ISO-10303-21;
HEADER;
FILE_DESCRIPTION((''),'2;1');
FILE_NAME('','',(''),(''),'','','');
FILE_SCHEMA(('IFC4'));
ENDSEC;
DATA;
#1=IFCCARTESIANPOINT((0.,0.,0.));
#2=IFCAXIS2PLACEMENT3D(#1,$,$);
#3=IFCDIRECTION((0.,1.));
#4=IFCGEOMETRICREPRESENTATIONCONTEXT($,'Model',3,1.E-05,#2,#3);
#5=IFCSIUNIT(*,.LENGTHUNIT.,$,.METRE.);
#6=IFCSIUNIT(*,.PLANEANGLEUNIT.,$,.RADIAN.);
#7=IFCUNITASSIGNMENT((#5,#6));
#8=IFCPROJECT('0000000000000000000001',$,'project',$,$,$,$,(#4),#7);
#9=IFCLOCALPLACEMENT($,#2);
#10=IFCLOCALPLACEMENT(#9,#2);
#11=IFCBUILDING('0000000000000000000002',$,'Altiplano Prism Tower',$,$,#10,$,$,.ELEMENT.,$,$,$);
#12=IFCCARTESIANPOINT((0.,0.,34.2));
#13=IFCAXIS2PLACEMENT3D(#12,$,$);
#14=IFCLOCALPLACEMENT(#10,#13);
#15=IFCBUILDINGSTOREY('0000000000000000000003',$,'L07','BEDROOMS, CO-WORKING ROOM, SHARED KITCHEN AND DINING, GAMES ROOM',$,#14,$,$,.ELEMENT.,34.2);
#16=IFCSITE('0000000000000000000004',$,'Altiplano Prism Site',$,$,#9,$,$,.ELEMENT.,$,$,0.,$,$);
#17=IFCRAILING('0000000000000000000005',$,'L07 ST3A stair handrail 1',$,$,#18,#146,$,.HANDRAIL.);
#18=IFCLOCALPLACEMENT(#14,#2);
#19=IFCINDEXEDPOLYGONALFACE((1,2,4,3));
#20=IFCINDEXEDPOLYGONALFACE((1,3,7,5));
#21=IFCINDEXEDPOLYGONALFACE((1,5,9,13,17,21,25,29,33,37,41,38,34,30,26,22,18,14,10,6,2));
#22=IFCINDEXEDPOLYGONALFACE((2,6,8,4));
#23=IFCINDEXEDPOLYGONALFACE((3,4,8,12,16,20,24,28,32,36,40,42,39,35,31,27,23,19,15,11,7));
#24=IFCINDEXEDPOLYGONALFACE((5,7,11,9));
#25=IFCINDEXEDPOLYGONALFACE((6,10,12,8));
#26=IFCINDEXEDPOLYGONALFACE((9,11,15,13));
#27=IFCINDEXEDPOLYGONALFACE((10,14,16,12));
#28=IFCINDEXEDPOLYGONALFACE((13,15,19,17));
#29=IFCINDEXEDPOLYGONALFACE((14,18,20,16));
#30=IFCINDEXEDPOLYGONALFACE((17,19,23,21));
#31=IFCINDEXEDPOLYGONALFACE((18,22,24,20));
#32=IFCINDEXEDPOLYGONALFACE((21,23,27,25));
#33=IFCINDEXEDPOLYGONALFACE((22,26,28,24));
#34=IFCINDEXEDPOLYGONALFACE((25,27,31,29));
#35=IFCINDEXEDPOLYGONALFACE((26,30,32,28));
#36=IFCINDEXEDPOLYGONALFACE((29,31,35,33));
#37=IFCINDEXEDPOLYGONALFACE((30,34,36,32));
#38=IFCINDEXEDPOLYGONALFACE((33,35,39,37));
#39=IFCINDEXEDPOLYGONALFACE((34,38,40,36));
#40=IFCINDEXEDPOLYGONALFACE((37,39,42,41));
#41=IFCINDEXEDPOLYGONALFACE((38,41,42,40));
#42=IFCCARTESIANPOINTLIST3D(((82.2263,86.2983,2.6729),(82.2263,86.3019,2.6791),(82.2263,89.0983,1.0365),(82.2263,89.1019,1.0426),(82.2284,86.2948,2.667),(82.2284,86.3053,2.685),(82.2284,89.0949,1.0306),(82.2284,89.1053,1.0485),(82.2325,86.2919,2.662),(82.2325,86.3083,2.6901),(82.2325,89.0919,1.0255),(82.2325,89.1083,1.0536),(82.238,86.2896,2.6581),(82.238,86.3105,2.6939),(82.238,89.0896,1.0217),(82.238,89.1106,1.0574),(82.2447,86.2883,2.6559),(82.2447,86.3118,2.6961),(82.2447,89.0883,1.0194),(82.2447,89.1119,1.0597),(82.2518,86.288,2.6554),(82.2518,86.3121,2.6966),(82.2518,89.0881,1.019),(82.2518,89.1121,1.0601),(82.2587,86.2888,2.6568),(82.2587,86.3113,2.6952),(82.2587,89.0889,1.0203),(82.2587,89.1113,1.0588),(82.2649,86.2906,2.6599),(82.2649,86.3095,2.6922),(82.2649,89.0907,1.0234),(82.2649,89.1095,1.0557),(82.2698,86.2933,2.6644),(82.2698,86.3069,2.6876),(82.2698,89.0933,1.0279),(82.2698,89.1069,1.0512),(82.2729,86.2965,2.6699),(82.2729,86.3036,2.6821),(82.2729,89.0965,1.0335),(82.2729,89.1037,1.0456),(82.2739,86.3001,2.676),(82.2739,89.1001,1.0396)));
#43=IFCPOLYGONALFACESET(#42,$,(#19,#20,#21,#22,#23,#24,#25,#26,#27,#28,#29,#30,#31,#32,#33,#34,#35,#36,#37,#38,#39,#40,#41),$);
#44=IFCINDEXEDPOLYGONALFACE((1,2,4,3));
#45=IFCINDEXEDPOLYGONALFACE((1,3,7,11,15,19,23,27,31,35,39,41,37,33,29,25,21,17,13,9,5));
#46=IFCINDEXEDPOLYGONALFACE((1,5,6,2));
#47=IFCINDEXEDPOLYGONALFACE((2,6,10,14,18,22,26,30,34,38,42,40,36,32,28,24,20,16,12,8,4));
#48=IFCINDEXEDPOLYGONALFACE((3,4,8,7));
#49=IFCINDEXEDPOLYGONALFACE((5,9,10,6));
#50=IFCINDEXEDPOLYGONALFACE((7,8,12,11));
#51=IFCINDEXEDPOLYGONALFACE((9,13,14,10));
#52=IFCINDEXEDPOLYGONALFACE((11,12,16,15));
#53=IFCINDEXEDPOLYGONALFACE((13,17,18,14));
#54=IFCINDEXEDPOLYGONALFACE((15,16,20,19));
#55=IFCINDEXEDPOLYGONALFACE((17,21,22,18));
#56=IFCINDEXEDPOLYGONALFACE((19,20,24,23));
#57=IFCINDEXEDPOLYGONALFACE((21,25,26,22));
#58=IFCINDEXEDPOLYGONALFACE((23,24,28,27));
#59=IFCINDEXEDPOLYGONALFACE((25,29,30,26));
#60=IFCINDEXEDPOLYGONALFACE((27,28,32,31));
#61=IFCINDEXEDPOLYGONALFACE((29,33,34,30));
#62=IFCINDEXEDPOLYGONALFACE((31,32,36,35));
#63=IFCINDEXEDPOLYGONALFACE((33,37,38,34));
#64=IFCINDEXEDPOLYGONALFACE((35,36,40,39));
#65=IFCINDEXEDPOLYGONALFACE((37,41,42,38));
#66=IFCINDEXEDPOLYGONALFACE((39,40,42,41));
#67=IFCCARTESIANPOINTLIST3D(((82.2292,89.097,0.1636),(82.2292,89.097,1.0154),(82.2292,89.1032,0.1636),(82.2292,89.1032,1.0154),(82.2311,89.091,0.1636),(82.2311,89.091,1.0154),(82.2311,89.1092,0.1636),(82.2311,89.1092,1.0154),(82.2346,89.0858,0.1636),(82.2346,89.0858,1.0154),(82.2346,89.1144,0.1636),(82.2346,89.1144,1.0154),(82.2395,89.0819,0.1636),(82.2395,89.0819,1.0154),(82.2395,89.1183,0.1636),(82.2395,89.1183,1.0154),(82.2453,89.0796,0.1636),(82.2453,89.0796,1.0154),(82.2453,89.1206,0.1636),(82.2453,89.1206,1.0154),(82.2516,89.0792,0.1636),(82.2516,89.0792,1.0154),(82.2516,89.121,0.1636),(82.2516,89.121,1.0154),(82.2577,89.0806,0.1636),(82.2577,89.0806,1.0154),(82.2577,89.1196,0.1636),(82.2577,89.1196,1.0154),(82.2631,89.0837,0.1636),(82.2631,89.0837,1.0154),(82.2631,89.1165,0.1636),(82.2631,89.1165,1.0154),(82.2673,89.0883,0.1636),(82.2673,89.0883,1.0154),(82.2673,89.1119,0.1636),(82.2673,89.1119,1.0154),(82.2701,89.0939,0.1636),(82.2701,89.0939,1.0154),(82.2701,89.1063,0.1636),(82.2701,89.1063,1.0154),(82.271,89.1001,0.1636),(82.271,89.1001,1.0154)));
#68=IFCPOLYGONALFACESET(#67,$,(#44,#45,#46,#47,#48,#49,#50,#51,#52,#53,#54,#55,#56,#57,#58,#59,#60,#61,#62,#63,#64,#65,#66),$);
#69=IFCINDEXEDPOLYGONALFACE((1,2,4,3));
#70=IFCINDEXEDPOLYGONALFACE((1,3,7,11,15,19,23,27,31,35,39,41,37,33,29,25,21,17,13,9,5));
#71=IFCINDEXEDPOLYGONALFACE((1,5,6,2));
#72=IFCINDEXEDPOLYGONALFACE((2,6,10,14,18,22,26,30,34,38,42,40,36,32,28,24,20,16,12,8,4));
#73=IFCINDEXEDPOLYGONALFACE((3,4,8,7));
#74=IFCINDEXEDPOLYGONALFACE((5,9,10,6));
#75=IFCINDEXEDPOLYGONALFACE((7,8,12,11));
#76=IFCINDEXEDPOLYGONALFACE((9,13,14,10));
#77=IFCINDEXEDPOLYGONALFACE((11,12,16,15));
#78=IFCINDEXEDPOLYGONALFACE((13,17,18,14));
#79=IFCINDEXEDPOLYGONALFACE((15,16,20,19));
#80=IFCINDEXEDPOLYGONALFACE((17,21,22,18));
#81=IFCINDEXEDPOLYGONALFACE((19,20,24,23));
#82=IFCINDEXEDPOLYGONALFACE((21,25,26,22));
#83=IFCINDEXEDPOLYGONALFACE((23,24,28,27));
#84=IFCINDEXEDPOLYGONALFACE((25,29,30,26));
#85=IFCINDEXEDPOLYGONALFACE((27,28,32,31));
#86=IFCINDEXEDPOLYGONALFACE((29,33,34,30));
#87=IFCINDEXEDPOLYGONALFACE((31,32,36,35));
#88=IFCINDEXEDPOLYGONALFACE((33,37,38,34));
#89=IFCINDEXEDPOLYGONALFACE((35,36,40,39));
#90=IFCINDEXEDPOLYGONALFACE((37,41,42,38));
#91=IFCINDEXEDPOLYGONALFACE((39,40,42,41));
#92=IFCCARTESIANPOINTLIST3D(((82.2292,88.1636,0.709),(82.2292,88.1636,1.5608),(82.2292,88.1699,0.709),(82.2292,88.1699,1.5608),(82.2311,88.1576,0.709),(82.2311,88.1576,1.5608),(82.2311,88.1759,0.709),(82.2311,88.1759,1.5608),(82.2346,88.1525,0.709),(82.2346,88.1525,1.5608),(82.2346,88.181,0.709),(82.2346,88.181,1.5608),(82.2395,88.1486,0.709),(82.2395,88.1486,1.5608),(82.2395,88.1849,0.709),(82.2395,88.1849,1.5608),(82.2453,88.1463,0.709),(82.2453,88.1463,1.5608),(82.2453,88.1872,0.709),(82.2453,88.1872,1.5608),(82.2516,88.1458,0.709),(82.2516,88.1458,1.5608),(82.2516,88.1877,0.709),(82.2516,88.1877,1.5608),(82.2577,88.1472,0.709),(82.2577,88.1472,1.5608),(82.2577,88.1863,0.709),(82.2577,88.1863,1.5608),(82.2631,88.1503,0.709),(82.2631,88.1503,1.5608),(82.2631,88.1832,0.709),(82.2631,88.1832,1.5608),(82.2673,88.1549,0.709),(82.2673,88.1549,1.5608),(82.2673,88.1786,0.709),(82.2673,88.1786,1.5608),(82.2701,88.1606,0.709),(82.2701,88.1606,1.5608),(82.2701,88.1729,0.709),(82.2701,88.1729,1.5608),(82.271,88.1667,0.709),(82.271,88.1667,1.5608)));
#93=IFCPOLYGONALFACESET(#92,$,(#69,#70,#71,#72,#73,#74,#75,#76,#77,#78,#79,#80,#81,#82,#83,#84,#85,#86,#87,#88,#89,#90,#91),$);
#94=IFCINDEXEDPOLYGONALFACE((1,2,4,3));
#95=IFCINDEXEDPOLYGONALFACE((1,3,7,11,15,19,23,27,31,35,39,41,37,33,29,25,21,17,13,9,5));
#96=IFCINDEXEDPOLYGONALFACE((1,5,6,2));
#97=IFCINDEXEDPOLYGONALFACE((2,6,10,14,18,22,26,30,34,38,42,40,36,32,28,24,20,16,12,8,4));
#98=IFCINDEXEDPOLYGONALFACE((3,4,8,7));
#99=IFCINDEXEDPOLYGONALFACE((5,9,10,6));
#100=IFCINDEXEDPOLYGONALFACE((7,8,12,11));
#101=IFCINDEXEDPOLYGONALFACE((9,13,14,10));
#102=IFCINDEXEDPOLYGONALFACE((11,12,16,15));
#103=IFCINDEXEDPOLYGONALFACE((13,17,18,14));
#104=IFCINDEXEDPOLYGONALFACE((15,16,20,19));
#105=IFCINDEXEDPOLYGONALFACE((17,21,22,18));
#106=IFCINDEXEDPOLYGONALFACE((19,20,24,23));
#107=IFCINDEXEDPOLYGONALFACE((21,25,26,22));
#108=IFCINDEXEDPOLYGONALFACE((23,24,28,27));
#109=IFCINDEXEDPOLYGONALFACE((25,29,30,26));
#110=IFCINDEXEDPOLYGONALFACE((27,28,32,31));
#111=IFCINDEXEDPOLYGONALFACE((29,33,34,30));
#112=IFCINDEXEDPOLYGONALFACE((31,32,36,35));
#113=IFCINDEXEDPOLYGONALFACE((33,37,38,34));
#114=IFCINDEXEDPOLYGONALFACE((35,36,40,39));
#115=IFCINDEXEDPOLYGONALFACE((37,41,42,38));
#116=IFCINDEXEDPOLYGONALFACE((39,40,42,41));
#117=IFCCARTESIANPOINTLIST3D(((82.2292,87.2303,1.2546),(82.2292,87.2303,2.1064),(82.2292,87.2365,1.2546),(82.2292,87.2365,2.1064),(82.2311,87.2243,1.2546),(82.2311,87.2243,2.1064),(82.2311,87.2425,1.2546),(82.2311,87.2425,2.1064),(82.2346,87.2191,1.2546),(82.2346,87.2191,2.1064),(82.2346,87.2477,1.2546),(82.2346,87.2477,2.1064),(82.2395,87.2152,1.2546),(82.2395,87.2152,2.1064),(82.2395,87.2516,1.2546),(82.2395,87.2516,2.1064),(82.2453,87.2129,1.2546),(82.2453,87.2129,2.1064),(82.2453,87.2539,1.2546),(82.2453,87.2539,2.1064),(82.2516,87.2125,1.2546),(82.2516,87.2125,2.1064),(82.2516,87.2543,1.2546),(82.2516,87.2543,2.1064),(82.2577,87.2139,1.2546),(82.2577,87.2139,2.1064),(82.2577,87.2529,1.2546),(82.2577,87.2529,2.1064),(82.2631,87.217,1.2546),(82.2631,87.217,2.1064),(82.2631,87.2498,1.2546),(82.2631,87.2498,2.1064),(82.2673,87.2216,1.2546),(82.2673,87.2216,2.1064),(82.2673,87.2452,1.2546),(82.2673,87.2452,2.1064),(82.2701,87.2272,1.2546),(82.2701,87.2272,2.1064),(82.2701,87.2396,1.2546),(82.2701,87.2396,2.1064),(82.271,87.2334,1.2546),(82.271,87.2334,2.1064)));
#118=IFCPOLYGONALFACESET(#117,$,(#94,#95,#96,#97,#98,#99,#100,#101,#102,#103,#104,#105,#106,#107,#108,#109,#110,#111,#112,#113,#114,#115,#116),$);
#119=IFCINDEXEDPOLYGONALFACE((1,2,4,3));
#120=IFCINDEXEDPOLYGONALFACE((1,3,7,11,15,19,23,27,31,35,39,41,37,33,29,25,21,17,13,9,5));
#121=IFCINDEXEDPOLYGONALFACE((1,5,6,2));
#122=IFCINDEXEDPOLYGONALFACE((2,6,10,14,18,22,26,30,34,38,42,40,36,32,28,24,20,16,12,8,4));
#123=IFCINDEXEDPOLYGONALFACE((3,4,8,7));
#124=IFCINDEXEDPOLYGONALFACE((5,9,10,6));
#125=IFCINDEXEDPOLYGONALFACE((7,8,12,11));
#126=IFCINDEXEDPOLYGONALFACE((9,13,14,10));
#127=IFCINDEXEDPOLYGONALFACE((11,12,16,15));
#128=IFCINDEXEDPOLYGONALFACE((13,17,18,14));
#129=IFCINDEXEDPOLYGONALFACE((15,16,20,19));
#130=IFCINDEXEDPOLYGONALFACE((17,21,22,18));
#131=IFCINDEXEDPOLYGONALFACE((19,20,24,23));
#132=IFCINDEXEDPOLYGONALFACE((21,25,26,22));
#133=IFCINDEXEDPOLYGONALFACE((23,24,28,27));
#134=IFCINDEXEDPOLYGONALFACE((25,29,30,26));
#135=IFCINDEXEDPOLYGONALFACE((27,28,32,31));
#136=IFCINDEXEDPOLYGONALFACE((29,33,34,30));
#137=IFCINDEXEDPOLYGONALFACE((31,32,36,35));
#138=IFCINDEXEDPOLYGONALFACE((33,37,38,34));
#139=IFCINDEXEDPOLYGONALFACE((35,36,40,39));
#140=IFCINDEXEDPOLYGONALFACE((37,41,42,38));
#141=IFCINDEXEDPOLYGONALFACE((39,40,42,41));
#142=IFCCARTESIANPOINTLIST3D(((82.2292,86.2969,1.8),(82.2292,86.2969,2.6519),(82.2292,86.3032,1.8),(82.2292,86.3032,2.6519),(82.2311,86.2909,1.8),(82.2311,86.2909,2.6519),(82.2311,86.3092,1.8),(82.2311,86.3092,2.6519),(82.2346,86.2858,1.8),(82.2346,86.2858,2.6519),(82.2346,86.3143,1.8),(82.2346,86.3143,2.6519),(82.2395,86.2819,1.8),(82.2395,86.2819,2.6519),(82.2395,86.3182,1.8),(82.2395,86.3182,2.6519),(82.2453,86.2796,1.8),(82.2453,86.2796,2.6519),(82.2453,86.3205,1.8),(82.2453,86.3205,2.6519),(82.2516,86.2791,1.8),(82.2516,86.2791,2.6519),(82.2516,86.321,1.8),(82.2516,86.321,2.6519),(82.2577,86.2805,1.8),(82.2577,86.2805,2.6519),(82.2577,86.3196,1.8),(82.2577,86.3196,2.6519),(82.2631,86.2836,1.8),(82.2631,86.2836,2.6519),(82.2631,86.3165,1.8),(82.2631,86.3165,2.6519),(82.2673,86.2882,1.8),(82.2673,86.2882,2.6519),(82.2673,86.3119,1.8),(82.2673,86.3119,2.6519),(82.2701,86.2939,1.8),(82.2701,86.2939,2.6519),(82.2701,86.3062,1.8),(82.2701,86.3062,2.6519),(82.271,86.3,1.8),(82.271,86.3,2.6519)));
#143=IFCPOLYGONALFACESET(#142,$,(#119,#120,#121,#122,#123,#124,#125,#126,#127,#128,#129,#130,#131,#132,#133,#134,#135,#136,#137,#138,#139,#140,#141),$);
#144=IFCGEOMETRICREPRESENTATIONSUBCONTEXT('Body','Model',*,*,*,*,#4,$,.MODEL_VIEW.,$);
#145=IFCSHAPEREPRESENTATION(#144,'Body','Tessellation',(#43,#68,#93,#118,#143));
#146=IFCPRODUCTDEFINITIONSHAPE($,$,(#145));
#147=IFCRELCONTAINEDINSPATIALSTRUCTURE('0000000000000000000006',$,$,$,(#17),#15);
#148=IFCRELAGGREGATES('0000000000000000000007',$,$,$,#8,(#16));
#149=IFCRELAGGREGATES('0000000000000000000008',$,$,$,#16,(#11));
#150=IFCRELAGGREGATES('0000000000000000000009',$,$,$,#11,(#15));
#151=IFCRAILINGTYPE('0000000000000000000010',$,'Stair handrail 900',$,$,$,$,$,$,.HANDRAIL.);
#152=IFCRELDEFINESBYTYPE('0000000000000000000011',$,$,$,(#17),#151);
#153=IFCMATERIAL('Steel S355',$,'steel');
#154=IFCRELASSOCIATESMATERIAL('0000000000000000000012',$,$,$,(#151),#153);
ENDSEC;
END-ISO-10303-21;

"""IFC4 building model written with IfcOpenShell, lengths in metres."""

from ifc_helpers import new_model, si_unit, direction, frame, origin, origin_2d, place, context, subcontext, project, spatial, circle, extrude, material, type_object, element, save


model = new_model("IFC4")

# Units and contexts
model_context = context("Model", 3, precision=1e-05, world=origin(), true_north=direction((0.0, 1.0)))
body_context = subcontext(model_context, "Body", "Model", "MODEL_VIEW")
ifc_project = project(units=[si_unit("LENGTHUNIT", "METRE"), si_unit("PLANEANGLEUNIT", "RADIAN")], contexts=[model_context])

# Site, building, storey
site_placement = place(None, origin())
site = spatial("IfcSite", under=ifc_project, at=site_placement, Name="Altiplano Prism Site", CompositionType="ELEMENT", RefElevation=0.0)
building_placement = place(site_placement, origin())
building = spatial("IfcBuilding", under=site, at=building_placement, Name="Altiplano Prism Tower", CompositionType="ELEMENT")
storey_placement = place(building_placement, frame((0.0, 0.0, 34.2)))
storey = spatial("IfcBuildingStorey", under=building, at=storey_placement, Name="L07", Description="BEDROOMS, CO-WORKING ROOM, SHARED KITCHEN AND DINING, GAMES ROOM", CompositionType="ELEMENT", Elevation=34.2)

# Railing
ifc_material_1 = material(Name="Steel S355", Category="steel")
railing_type_1 = type_object("IfcRailingType", Name="Stair handrail 900", PredefinedType="HANDRAIL", material=ifc_material_1)
railing_1_placement = place(storey_placement, frame((82.25, 89.1001, 0.1636)))
element("IfcRailing", 1, at=railing_1_placement, inside=storey, type_object=railing_type_1, Name="L07 ST3A stair handrail 1", PredefinedType="HANDRAIL", context=body_context, shape_type="SweptSolid", body=[
    extrude(circle(Radius=0.0239, at=origin_2d()), frame((0.0, 0.0, 0.876), z_axis=(0.0, -0.863361, 0.504587), x_axis=(1.0, 0.0, 0.0)), (0.0, 0.0, 1.0), 3.2432),
    extrude(circle(Radius=0.021, at=origin_2d()), origin(), (0.0, 0.0, 1.0), 0.8518),
    extrude(circle(Radius=0.021, at=origin_2d()), frame((0.0, -0.9333, 0.5454)), (0.0, 0.0, 1.0), 0.8518),
    extrude(circle(Radius=0.021, at=origin_2d()), frame((0.0, -1.8667, 1.0911)), (0.0, 0.0, 1.0), 0.8518),
    extrude(circle(Radius=0.021, at=origin_2d()), frame((0.0, -2.8, 1.6365)), (0.0, 0.0, 1.0), 0.8518),
])

save(model, "model.ifc")
